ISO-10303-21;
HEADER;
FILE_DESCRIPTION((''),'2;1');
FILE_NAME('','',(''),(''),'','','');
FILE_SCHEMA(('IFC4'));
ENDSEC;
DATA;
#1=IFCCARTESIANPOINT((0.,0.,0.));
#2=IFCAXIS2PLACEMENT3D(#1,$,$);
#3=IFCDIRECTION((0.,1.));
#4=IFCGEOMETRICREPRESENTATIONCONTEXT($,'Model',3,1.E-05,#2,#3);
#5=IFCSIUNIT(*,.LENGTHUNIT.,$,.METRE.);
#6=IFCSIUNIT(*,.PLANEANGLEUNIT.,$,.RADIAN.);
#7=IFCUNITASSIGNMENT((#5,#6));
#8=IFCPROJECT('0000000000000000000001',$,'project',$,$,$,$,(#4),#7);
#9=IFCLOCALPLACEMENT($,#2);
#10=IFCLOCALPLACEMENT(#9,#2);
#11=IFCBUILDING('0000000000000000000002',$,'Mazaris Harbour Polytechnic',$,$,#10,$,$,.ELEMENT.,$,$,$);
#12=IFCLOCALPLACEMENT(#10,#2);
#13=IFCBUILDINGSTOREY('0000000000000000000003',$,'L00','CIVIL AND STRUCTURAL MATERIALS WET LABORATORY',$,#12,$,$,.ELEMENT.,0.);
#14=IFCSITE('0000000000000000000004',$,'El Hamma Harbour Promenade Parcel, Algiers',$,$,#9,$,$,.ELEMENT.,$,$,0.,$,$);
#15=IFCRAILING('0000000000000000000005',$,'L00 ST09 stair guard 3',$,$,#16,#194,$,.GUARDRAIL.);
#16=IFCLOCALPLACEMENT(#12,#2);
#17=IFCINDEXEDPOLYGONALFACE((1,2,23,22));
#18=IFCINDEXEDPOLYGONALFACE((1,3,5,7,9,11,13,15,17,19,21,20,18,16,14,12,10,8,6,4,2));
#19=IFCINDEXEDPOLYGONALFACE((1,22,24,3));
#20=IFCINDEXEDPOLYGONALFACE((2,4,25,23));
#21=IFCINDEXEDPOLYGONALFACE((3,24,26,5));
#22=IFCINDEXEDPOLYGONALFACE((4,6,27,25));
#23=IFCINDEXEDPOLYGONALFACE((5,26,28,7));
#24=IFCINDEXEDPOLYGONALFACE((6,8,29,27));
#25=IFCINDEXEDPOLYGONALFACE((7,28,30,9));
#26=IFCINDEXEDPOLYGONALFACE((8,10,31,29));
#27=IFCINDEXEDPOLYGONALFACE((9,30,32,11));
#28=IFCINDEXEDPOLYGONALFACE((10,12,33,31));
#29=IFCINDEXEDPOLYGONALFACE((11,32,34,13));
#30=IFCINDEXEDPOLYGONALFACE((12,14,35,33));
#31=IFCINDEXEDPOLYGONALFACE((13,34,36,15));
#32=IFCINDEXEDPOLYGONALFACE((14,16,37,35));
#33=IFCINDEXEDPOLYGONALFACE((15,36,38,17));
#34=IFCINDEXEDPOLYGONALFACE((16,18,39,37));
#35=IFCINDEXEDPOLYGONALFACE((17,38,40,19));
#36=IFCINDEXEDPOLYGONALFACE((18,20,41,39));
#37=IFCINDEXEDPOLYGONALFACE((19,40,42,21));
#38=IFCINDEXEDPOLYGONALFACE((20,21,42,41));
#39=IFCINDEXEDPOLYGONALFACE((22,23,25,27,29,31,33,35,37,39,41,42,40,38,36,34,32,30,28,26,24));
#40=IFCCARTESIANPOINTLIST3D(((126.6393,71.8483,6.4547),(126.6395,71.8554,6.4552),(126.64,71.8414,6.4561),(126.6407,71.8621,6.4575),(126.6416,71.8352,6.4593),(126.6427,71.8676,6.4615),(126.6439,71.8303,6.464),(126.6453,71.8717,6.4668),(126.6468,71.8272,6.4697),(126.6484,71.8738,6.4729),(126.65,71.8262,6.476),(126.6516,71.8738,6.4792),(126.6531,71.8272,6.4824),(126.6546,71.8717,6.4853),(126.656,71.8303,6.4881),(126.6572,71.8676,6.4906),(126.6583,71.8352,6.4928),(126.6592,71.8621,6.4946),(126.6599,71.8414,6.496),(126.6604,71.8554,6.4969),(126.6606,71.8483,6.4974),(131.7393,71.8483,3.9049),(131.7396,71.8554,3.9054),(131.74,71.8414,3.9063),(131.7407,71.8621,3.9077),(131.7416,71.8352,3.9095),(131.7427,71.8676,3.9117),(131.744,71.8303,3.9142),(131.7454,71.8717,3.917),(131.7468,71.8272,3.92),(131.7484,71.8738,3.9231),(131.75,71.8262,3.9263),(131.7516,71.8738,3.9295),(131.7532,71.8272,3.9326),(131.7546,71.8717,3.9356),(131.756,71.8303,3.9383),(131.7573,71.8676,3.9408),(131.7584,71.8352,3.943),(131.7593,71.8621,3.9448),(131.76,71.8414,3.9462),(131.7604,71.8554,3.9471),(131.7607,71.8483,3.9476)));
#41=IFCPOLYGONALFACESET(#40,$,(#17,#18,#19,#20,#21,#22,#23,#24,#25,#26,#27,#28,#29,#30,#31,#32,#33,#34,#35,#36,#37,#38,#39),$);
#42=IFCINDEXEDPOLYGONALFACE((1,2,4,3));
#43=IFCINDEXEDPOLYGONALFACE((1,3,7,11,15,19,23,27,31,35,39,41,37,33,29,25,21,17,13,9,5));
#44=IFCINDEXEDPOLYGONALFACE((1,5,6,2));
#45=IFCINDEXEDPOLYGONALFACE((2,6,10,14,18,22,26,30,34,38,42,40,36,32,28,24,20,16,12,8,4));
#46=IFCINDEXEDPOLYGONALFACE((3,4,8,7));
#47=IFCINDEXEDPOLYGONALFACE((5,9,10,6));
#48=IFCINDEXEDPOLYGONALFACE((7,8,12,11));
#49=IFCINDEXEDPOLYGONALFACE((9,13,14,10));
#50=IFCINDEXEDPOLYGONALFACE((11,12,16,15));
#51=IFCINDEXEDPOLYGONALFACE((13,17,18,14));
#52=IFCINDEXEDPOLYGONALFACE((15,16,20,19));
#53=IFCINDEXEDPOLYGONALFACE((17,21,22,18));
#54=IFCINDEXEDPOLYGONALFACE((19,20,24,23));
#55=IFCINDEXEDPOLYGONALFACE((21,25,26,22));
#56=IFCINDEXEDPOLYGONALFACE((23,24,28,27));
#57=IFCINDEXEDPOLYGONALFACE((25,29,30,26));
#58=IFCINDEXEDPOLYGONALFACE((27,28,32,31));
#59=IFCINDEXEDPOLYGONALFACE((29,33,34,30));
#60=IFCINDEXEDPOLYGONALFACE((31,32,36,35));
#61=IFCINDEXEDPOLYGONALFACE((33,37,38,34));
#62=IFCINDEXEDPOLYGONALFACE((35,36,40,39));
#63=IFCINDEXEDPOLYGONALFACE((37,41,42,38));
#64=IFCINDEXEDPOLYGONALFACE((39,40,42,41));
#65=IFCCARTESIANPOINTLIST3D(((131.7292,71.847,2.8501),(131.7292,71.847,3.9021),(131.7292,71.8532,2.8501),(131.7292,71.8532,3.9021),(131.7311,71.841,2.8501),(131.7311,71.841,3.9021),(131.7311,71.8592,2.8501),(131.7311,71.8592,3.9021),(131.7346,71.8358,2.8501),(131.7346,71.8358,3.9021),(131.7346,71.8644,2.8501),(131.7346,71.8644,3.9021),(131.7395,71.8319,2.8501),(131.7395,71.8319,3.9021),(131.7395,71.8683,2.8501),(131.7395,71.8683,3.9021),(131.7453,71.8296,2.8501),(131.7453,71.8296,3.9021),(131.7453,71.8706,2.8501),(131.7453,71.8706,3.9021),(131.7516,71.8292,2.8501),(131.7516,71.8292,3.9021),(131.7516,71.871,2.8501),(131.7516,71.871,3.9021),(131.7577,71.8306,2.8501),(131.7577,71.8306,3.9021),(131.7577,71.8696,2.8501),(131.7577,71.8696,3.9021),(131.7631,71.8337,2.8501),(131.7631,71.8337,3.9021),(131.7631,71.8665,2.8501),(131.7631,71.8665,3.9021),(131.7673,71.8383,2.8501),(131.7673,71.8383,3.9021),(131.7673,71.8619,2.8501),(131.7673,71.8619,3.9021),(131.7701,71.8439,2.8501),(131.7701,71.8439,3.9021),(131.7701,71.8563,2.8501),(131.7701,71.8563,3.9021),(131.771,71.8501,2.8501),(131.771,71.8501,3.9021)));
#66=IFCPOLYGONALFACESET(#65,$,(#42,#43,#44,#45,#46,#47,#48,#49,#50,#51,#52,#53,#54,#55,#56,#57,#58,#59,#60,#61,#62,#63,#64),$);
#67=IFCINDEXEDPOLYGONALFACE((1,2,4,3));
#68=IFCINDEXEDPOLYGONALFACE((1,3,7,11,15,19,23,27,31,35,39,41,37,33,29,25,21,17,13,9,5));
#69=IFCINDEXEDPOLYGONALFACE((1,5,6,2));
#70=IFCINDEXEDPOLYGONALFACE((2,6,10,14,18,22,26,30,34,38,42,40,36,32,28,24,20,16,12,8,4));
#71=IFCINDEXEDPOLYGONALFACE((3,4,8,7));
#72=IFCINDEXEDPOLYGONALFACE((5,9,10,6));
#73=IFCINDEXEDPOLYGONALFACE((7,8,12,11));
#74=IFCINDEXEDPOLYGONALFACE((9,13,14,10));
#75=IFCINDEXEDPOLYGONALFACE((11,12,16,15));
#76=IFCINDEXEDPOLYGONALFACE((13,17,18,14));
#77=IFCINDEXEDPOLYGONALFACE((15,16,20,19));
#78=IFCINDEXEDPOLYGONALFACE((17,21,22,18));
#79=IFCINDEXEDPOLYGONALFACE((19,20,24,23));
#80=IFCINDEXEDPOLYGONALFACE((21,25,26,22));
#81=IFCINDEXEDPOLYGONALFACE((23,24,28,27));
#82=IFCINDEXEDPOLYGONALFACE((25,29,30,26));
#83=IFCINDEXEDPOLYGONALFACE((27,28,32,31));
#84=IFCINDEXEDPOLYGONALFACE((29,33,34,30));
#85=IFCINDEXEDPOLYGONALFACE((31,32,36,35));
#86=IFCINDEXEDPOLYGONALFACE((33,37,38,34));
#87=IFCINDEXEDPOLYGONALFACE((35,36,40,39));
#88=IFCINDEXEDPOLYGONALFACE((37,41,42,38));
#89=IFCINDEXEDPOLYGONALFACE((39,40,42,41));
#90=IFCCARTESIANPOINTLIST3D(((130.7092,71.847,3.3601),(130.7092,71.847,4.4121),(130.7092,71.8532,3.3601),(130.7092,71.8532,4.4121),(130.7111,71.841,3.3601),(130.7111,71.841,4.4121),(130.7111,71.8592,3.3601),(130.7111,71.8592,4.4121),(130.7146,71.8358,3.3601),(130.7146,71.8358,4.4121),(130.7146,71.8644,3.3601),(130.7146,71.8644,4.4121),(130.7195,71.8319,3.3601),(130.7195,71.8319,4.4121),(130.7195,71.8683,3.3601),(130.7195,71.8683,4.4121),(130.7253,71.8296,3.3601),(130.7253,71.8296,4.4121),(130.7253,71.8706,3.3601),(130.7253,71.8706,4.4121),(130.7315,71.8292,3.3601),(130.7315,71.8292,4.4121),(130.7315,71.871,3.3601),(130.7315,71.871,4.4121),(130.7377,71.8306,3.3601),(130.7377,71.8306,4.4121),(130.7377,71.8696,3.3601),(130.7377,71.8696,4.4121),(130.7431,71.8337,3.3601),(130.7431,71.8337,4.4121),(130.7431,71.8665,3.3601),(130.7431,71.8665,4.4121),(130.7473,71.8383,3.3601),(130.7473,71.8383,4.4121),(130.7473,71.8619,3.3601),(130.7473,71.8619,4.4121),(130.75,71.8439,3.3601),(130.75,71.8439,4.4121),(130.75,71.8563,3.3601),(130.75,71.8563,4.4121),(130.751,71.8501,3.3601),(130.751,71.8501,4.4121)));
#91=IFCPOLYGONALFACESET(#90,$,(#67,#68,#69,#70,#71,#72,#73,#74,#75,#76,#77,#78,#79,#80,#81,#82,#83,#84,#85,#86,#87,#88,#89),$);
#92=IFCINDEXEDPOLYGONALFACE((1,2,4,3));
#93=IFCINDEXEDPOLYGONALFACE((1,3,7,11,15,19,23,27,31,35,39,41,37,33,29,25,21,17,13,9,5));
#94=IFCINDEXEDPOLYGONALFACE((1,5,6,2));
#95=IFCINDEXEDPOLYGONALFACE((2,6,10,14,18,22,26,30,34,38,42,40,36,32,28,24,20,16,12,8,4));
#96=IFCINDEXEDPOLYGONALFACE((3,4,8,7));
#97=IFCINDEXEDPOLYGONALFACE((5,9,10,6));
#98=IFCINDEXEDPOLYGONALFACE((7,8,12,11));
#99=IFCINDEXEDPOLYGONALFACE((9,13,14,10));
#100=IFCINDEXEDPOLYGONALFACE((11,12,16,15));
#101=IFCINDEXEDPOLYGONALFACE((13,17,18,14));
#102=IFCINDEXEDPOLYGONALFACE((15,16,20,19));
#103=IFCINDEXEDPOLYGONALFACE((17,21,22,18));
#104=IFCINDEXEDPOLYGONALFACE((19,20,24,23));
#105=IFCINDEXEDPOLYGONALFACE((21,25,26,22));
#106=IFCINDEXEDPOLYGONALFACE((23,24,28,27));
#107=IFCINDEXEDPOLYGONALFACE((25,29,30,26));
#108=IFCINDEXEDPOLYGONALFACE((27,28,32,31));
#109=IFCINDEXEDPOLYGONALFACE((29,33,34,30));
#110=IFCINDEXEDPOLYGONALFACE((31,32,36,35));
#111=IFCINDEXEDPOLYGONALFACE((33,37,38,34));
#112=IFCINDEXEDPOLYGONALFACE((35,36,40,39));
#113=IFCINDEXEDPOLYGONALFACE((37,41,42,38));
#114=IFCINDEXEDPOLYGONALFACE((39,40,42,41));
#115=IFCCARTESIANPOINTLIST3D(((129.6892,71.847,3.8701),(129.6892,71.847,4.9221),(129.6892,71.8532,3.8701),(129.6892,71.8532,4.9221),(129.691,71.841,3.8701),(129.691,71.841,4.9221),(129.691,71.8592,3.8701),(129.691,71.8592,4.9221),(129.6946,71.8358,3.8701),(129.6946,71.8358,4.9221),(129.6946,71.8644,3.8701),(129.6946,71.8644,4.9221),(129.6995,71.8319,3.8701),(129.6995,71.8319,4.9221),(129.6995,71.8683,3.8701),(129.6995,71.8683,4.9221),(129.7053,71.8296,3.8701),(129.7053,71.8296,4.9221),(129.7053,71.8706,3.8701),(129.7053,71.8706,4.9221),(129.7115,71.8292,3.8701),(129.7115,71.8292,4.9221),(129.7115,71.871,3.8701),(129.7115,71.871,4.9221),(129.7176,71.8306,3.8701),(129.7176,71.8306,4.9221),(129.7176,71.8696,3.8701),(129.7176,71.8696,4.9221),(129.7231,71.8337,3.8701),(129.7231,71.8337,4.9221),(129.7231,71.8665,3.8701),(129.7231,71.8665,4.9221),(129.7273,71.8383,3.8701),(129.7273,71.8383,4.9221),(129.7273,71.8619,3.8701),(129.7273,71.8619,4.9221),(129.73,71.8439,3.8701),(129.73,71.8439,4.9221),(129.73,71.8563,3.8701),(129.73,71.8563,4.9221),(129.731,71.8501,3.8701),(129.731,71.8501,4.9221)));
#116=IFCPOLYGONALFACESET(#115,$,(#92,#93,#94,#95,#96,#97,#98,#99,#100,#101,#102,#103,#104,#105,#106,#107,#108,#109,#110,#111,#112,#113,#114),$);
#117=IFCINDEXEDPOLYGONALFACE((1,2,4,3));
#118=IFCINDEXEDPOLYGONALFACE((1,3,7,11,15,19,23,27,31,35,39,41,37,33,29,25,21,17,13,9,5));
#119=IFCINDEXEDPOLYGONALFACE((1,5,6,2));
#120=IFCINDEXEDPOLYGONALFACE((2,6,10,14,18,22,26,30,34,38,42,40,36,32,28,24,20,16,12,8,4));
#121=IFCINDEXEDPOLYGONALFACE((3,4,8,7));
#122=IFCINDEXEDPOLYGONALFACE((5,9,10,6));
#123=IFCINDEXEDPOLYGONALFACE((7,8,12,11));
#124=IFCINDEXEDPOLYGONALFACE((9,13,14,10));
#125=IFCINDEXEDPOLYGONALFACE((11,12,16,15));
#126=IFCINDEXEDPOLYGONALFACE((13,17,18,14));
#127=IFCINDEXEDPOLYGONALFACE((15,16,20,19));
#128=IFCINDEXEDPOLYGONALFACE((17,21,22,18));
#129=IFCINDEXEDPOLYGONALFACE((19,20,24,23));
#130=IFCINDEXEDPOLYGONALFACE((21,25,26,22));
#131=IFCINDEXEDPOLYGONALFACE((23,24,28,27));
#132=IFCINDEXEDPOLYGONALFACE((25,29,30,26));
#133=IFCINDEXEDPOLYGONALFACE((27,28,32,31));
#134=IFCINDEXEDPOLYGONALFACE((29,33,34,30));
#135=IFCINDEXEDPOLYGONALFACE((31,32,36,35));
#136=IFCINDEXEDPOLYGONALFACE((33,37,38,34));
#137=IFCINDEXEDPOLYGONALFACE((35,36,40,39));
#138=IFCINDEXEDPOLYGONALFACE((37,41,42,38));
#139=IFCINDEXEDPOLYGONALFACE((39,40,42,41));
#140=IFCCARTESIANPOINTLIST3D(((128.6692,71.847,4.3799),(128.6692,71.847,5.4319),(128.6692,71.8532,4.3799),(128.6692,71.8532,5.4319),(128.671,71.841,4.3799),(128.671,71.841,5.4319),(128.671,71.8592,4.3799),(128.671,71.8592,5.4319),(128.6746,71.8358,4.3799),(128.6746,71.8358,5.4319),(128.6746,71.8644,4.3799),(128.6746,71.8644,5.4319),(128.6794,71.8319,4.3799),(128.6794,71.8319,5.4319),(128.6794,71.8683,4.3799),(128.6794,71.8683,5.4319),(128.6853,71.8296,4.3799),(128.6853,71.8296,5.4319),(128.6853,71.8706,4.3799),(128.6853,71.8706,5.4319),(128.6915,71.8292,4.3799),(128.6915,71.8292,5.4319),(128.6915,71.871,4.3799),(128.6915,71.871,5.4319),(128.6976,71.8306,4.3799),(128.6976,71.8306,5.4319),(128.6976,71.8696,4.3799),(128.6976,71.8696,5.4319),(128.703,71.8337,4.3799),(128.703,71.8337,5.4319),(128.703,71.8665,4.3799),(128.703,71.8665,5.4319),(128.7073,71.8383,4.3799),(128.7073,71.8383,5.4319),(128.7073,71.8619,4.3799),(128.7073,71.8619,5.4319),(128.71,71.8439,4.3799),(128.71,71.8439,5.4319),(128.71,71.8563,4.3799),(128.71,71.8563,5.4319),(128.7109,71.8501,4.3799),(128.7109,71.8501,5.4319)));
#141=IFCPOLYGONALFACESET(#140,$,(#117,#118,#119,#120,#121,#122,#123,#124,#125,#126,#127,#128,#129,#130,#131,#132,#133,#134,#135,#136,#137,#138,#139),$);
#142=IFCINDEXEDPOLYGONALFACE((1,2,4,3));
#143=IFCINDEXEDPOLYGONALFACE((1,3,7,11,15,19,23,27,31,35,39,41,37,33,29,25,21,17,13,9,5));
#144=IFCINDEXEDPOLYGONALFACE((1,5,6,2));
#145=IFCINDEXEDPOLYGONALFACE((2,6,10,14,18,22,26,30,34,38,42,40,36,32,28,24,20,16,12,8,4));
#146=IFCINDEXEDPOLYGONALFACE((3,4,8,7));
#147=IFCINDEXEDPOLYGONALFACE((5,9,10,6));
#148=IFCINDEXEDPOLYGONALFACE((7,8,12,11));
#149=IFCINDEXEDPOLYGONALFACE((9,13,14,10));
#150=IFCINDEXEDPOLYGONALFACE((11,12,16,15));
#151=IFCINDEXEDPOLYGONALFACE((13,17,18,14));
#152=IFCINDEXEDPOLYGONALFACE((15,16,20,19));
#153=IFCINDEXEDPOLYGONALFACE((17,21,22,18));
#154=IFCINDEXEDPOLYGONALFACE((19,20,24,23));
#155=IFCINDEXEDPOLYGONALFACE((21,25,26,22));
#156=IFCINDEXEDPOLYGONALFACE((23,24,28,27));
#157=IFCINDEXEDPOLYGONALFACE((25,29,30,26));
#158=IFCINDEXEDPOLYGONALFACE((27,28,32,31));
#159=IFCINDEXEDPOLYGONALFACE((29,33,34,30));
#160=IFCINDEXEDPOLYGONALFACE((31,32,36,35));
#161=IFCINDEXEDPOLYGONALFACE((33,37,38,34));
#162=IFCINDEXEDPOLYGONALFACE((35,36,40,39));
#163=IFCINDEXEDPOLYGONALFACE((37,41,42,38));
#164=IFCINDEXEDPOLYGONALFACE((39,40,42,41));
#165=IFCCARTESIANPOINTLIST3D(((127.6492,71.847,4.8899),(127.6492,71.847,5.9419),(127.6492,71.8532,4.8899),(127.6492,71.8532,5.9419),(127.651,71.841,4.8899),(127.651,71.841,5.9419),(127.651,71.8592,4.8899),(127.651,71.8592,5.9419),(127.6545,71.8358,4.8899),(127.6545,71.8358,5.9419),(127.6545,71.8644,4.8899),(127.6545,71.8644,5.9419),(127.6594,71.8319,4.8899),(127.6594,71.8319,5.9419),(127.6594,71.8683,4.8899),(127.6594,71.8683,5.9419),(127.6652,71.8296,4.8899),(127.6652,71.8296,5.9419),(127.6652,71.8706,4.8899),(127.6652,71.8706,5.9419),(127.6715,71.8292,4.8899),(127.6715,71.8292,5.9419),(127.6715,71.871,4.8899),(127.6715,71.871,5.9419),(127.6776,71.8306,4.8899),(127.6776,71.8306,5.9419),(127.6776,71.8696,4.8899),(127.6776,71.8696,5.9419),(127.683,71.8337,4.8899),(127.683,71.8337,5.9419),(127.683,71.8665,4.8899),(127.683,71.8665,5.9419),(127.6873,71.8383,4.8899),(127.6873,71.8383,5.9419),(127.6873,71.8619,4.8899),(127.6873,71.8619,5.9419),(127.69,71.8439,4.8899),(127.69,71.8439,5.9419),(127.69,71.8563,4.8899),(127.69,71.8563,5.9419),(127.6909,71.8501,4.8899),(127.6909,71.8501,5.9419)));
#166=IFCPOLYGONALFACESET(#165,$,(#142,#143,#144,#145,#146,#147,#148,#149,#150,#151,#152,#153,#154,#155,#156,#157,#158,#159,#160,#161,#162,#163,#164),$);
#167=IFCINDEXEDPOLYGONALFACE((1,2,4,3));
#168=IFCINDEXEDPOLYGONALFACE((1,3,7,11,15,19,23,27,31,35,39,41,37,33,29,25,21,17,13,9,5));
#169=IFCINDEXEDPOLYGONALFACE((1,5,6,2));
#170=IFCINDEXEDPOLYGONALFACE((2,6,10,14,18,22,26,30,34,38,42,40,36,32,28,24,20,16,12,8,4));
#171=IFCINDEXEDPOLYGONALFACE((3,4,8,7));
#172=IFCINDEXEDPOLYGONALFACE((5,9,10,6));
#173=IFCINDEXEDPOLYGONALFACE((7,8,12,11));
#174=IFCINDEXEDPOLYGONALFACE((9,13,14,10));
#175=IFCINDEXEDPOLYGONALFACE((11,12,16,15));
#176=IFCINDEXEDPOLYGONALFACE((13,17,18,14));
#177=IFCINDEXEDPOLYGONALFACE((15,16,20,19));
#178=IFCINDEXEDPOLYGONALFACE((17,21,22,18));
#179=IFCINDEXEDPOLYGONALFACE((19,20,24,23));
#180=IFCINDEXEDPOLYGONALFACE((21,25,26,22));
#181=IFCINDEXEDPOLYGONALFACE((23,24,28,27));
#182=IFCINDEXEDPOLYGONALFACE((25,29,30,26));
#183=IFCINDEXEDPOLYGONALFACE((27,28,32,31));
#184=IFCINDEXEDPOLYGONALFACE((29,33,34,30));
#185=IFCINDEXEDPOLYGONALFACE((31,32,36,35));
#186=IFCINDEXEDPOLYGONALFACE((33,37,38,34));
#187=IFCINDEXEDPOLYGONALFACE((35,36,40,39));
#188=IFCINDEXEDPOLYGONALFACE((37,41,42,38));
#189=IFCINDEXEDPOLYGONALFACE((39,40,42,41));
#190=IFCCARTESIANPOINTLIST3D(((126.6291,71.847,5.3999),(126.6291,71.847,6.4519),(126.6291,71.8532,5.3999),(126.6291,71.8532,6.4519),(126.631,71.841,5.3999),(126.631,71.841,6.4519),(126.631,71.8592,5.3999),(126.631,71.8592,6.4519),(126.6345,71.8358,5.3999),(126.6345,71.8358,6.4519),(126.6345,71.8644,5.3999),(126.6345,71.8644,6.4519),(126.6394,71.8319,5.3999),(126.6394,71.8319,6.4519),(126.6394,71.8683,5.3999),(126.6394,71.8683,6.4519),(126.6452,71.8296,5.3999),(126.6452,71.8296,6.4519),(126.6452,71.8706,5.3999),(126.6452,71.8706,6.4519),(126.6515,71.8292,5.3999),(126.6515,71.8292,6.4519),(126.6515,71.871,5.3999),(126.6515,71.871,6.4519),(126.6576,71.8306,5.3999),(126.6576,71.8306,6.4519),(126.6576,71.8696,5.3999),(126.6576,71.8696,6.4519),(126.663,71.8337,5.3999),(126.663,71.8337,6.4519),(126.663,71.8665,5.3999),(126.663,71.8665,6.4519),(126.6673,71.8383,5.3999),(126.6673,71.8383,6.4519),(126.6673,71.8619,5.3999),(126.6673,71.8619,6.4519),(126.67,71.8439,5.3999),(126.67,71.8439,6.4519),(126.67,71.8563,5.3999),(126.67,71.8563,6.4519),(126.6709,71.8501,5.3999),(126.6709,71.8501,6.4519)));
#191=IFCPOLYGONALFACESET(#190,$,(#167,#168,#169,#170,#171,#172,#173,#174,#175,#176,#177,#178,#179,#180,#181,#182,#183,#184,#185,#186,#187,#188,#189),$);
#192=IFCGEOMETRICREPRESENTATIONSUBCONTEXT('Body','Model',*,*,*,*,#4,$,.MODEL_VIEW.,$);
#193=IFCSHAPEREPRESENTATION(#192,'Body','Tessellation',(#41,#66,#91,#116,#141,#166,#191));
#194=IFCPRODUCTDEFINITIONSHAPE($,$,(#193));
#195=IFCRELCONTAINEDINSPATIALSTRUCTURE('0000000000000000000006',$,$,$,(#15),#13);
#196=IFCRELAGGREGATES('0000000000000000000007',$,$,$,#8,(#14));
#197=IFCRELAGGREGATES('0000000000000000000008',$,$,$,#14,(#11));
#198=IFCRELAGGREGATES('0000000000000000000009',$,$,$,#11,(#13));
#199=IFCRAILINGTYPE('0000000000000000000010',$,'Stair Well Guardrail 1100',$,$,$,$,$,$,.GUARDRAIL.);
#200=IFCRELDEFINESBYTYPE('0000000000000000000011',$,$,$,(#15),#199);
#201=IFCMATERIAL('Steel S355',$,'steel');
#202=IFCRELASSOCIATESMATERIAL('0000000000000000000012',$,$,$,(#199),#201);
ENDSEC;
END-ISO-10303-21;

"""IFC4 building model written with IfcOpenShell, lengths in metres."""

from ifc_helpers import new_model, si_unit, direction, frame, origin, origin_2d, place, context, subcontext, project, spatial, circle, extrude, material, type_object, element, save


model = new_model("IFC4")

# Units and contexts
model_context = context("Model", 3, precision=1e-05, world=origin(), true_north=direction((0.0, 1.0)))
body_context = subcontext(model_context, "Body", "Model", "MODEL_VIEW")
ifc_project = project(units=[si_unit("LENGTHUNIT", "METRE"), si_unit("PLANEANGLEUNIT", "RADIAN")], contexts=[model_context])

# Site, building, storey
site_placement = place(None, origin())
site = spatial("IfcSite", under=ifc_project, at=site_placement, Name="El Hamma Harbour Promenade Parcel, Algiers", CompositionType="ELEMENT", RefElevation=0.0)
building_placement = place(site_placement, origin())
building = spatial("IfcBuilding", under=site, at=building_placement, Name="Mazaris Harbour Polytechnic", CompositionType="ELEMENT")
storey_placement = place(building_placement, origin())
storey = spatial("IfcBuildingStorey", under=building, at=storey_placement, Name="L00", Description="CIVIL AND STRUCTURAL MATERIALS WET LABORATORY", CompositionType="ELEMENT", Elevation=0.0)

# Railing
ifc_material_1 = material(Name="Steel S355", Category="steel")
railing_type_1 = type_object("IfcRailingType", Name="Stair Well Guardrail 1100", PredefinedType="GUARDRAIL", material=ifc_material_1)
railing_1_placement = place(storey_placement, frame((131.75, 71.8501, 2.8501)))
element("IfcRailing", 1, at=railing_1_placement, inside=storey, type_object=railing_type_1, Name="L00 ST09 stair guard 3", PredefinedType="GUARDRAIL", context=body_context, shape_type="SweptSolid", body=[
    extrude(circle(Radius=0.0239, at=origin_2d()), frame((0.0, 0.0, 1.0762), z_axis=(-0.894444, 0.0, 0.447179), x_axis=(0.0, -1.0, 0.0)), (0.0, 0.0, 1.0), 5.7019),
    extrude(circle(Radius=0.021, at=origin_2d()), origin(), (0.0, 0.0, 1.0), 1.052),
    extrude(circle(Radius=0.021, at=origin_2d()), frame((-1.02, 0.0, 0.51)), (0.0, 0.0, 1.0), 1.052),
    extrude(circle(Radius=0.021, at=origin_2d()), frame((-2.04, 0.0, 1.02)), (0.0, 0.0, 1.0), 1.052),
    extrude(circle(Radius=0.021, at=origin_2d()), frame((-3.0601, 0.0, 1.5298)), (0.0, 0.0, 1.0), 1.052),
    extrude(circle(Radius=0.021, at=origin_2d()), frame((-4.0801, 0.0, 2.0398)), (0.0, 0.0, 1.0), 1.052),
    extrude(circle(Radius=0.021, at=origin_2d()), frame((-5.1001, 0.0, 2.5498)), (0.0, 0.0, 1.0), 1.052),
])

save(model, "model.ifc")
